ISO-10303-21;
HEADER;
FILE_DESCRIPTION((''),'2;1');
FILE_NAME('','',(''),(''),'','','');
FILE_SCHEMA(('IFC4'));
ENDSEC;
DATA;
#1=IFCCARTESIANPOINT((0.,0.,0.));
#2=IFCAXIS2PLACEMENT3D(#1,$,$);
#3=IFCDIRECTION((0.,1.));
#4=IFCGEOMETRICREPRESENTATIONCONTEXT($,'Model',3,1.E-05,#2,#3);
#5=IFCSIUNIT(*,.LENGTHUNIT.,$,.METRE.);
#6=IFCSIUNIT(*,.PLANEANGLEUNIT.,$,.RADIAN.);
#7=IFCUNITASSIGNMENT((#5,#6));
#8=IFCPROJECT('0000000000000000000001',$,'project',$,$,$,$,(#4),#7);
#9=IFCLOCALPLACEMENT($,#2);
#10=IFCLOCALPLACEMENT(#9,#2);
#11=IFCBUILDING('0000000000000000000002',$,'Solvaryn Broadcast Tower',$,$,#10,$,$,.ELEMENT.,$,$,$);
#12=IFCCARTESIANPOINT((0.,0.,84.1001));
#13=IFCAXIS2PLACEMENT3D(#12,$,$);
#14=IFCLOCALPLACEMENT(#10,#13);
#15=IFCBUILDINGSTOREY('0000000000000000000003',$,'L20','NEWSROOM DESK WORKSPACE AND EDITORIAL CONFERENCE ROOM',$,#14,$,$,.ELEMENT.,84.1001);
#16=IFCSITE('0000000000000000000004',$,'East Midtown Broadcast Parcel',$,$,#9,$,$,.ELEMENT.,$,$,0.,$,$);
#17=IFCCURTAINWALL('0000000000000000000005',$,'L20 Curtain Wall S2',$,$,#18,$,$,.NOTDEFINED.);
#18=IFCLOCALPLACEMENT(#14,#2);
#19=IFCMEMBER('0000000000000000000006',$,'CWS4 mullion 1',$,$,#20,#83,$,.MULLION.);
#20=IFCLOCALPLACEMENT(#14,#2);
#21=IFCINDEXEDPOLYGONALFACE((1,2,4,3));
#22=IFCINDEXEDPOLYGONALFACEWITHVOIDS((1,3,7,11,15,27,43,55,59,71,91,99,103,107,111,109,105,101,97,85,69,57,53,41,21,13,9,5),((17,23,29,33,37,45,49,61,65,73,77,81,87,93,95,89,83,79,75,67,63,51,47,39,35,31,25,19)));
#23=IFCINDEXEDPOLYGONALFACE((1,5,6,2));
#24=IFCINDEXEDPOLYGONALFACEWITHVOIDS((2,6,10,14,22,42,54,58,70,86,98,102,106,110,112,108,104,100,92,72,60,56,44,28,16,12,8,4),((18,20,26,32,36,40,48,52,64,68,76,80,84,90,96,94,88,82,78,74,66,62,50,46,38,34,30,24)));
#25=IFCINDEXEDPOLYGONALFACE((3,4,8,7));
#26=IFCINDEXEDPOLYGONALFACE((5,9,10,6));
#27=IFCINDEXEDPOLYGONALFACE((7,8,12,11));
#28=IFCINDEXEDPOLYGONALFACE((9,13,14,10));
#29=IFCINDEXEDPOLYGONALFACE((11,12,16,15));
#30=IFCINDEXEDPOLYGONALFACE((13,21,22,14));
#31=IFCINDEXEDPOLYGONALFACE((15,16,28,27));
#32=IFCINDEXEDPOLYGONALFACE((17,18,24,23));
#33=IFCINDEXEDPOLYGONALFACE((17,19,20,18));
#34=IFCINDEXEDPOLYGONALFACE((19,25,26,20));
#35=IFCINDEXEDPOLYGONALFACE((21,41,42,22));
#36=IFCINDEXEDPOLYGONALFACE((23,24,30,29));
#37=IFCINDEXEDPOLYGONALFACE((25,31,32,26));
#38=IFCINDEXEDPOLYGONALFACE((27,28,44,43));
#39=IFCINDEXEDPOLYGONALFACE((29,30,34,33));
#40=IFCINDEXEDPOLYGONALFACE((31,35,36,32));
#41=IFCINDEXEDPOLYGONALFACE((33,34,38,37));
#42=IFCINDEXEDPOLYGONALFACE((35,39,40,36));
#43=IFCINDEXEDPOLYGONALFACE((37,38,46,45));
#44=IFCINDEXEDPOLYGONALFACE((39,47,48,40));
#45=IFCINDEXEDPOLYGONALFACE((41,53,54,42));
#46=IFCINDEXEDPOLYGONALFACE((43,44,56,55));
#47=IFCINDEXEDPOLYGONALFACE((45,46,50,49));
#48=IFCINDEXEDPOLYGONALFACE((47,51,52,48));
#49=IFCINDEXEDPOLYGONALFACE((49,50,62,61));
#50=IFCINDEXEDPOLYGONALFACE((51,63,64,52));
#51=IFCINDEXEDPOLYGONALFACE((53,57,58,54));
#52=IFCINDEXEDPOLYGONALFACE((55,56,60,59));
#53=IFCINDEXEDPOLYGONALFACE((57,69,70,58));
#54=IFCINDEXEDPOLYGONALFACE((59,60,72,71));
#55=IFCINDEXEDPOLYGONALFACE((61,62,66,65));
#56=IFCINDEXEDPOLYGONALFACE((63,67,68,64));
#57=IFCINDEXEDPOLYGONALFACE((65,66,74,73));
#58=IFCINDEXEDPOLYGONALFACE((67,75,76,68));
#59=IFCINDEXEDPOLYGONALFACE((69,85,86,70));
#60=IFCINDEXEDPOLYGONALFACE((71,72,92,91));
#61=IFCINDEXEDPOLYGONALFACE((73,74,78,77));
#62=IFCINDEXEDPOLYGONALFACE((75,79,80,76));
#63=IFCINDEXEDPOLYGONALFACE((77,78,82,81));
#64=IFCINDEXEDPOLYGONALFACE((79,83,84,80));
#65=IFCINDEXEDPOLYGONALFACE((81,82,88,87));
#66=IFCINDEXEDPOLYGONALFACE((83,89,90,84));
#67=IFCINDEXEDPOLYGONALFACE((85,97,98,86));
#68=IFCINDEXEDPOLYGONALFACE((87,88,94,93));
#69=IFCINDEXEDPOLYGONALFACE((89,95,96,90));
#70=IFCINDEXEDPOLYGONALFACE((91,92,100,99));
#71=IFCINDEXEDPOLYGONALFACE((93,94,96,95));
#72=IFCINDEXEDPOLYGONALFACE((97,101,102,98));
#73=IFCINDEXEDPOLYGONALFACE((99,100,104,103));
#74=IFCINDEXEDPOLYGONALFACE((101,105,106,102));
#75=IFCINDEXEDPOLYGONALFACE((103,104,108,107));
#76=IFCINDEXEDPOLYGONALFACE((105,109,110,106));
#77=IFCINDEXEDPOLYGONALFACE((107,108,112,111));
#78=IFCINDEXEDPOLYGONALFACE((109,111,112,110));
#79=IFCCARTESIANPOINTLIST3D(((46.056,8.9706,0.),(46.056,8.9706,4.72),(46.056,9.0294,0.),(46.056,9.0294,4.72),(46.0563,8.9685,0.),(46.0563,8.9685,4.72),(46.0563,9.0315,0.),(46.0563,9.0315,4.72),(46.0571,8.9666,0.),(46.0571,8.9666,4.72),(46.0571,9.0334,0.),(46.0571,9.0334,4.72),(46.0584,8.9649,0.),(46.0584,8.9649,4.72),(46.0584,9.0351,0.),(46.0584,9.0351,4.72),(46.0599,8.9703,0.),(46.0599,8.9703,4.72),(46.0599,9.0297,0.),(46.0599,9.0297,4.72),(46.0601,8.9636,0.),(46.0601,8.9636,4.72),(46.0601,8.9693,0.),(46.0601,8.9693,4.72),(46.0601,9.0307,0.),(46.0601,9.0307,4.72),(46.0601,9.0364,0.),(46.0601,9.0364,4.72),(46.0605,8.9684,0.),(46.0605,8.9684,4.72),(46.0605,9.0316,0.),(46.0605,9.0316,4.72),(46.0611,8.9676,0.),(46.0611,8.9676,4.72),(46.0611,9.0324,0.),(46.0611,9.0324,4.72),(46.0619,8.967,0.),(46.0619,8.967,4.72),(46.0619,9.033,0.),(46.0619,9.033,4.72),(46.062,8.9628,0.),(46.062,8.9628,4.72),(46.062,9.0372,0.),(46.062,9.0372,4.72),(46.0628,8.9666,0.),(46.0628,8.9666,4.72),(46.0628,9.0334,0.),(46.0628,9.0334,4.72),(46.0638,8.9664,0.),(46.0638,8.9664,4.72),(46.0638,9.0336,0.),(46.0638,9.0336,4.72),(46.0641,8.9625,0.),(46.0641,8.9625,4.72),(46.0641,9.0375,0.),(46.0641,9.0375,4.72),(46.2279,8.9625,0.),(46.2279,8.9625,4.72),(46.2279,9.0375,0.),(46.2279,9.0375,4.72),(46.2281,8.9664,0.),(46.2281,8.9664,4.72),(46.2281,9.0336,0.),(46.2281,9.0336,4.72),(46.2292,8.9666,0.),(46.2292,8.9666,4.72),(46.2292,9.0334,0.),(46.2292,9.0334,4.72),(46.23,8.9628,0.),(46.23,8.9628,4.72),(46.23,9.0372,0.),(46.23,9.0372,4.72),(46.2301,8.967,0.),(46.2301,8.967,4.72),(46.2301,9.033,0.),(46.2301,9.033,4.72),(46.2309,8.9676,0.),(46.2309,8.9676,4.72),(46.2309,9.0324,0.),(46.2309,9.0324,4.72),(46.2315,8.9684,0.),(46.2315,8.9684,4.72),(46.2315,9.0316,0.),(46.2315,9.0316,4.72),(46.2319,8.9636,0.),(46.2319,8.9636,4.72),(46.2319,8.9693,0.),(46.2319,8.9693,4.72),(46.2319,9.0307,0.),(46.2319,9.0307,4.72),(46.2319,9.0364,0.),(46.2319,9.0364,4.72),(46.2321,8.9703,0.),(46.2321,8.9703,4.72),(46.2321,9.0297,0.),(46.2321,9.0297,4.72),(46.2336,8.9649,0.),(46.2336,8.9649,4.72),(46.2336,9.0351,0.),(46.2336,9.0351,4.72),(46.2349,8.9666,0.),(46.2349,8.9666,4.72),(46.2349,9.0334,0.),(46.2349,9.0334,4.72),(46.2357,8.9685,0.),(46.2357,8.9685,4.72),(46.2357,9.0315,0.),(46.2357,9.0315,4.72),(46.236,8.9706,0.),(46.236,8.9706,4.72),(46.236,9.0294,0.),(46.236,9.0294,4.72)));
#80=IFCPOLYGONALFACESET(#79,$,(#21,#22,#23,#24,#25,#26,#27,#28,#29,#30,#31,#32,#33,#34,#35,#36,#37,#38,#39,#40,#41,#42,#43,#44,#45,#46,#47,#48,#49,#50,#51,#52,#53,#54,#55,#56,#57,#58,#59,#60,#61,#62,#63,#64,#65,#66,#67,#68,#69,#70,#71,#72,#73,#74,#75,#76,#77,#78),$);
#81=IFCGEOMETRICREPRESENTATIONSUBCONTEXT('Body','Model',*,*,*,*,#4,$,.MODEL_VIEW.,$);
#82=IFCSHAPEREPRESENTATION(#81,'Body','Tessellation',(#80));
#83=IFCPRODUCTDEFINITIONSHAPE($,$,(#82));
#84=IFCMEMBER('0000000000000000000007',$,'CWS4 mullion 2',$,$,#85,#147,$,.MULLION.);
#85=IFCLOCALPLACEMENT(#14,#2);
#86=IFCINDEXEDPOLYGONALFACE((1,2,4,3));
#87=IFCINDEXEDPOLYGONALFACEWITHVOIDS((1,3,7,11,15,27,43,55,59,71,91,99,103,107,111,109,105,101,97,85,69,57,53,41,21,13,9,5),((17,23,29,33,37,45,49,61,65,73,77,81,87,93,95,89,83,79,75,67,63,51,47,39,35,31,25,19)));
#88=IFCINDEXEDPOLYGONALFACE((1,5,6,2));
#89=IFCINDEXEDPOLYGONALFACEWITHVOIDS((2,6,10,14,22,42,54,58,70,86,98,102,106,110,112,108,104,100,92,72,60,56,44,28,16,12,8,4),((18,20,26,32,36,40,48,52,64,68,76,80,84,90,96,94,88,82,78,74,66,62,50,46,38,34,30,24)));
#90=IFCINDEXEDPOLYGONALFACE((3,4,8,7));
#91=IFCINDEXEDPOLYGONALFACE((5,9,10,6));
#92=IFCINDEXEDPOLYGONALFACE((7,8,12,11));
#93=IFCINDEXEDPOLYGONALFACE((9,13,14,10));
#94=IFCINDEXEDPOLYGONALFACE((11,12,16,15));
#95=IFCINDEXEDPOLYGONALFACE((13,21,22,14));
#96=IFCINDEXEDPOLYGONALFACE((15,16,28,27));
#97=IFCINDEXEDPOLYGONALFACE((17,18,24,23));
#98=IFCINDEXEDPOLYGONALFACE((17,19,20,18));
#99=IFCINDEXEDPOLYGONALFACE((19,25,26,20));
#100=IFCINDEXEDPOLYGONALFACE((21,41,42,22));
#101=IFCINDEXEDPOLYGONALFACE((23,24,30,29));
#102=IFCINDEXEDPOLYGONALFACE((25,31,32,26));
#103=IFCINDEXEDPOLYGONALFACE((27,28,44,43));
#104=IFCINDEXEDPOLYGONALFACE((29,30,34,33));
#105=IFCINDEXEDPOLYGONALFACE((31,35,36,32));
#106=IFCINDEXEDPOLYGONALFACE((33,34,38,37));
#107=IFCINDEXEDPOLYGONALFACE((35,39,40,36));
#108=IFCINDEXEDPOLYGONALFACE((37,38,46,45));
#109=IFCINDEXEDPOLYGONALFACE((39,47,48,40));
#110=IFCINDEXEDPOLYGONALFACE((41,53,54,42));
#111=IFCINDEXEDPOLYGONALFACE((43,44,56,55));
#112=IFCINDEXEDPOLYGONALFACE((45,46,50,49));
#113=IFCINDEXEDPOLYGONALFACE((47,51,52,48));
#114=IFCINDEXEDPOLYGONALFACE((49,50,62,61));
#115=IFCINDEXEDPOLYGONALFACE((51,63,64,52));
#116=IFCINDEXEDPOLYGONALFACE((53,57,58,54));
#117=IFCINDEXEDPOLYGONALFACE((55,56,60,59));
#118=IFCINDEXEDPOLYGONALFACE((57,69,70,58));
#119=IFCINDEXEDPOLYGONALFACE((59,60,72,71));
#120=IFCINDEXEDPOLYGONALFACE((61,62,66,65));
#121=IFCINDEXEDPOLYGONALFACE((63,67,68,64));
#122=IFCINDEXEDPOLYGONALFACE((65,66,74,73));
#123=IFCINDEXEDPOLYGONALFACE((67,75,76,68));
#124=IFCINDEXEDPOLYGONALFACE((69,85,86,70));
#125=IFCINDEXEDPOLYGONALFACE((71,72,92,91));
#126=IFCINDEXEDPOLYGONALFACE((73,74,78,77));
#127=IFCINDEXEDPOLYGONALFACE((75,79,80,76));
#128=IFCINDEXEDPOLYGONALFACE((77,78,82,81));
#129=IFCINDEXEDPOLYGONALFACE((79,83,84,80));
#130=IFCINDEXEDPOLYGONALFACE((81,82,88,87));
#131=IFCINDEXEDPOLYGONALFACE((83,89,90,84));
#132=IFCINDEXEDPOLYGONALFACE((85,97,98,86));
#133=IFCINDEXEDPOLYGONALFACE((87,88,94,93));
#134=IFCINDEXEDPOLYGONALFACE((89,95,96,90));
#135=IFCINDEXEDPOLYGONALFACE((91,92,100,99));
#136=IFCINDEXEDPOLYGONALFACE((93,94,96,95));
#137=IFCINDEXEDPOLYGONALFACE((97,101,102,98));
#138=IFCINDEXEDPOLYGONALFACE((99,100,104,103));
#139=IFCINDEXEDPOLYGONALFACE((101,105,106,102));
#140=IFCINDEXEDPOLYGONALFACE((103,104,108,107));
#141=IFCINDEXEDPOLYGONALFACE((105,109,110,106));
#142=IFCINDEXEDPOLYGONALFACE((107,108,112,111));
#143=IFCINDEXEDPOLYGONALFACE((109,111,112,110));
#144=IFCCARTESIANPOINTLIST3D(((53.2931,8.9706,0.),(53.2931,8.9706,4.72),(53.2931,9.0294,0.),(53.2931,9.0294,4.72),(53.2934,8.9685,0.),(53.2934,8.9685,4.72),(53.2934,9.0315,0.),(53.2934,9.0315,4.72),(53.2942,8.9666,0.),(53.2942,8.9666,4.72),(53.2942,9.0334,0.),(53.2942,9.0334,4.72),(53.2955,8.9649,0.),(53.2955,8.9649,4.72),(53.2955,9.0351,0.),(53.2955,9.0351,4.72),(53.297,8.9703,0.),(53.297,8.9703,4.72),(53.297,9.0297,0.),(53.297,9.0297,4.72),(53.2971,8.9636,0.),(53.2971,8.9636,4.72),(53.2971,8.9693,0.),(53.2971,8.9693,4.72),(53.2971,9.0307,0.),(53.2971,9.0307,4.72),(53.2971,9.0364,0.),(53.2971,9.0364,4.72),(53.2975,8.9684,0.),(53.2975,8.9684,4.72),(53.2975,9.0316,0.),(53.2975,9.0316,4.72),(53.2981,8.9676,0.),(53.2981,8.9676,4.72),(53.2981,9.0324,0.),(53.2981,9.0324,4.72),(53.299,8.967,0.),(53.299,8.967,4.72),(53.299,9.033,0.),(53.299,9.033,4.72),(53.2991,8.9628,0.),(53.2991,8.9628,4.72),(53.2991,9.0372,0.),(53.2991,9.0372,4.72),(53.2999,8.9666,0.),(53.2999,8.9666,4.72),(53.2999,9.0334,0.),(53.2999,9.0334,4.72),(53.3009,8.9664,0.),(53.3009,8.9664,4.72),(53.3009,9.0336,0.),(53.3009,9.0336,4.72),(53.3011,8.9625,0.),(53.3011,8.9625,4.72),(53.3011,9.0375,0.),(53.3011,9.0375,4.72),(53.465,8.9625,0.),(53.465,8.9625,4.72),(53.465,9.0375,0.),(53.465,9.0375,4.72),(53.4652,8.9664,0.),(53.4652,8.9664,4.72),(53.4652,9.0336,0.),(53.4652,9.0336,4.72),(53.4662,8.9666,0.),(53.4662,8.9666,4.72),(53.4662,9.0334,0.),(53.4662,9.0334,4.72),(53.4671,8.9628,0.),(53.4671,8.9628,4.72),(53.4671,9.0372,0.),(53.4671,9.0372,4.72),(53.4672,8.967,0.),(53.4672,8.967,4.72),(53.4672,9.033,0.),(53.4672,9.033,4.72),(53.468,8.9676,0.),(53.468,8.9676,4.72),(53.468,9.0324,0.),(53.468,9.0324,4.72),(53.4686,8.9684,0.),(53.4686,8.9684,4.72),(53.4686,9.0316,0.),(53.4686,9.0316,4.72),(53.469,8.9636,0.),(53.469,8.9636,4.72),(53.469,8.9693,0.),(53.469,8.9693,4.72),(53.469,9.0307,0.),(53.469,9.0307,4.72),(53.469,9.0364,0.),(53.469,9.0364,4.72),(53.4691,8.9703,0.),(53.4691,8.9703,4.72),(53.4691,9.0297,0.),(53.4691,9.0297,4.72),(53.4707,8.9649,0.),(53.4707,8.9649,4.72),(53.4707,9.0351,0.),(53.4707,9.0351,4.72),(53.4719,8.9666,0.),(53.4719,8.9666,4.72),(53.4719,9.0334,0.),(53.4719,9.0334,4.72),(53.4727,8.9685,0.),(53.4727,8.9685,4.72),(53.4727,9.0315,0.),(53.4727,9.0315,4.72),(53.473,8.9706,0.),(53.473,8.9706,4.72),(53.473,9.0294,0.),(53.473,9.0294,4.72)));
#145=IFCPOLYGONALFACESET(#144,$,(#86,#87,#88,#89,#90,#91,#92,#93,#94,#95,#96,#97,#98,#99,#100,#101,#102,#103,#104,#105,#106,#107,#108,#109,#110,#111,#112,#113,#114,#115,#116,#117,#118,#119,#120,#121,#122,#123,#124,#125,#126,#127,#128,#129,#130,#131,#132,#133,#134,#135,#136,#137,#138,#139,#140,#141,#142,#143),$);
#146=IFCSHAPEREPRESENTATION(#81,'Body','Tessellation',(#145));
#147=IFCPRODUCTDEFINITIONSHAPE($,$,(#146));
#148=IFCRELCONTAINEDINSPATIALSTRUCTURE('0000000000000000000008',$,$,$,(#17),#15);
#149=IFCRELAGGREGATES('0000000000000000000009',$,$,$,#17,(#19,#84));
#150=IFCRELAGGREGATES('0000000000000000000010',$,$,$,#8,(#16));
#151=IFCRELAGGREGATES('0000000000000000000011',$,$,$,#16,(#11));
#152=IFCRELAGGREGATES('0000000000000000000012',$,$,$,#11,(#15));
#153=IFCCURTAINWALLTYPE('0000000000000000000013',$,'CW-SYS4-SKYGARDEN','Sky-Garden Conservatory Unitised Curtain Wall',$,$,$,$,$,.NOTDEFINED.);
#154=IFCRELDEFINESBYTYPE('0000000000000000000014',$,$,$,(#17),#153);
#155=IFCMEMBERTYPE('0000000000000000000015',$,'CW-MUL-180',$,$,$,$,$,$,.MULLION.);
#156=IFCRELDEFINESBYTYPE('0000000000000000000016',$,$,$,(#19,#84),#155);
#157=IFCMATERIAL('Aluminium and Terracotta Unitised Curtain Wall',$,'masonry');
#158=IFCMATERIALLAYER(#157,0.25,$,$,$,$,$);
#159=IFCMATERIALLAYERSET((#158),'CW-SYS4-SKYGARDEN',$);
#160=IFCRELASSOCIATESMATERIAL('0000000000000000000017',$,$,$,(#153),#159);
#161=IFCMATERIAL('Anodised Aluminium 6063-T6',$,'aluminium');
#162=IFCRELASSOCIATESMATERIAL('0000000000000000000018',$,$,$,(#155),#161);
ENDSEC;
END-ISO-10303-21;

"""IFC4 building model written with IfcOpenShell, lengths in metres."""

from ifc_helpers import new_model, si_unit, direction, frame, origin, origin_2d, place, context, subcontext, project, spatial, hollow_rectangle, extrude, material, layer, layer_set, material_profile, profile_set, type_object, element, aggregate, save


model = new_model("IFC4")

# Units and contexts
model_context = context("Model", 3, precision=1e-05, world=origin(), true_north=direction((0.0, 1.0)))
body_context = subcontext(model_context, "Body", "Model", "MODEL_VIEW")
ifc_project = project(units=[si_unit("LENGTHUNIT", "METRE"), si_unit("PLANEANGLEUNIT", "RADIAN")], contexts=[model_context])

# Site, building, storey
site_placement = place(None, origin())
site = spatial("IfcSite", under=ifc_project, at=site_placement, Name="East Midtown Broadcast Parcel", CompositionType="ELEMENT", RefElevation=0.0)
building_placement = place(site_placement, origin())
building = spatial("IfcBuilding", under=site, at=building_placement, Name="Solvaryn Broadcast Tower", CompositionType="ELEMENT")
storey_placement = place(building_placement, frame((0.0, 0.0, 84.1001)))
storey = spatial("IfcBuildingStorey", under=building, at=storey_placement, Name="L20", Description="NEWSROOM DESK WORKSPACE AND EDITORIAL CONFERENCE ROOM", CompositionType="ELEMENT", Elevation=84.1001)

# Shared definitions
ifc_material_1 = material(Name="Aluminium and Terracotta Unitised Curtain Wall", Category="masonry")
ifc_layer_1 = layer(ifc_material_1, 0.25)
ifc_layer_set_1 = layer_set([ifc_layer_1], Name="CW-SYS4-SKYGARDEN")
curtain_wall_type = type_object("IfcCurtainWallType", Name="CW-SYS4-SKYGARDEN", Description="Sky-Garden Conservatory Unitised Curtain Wall", PredefinedType="NOTDEFINED", material=ifc_layer_set_1)
ifc_material_2 = material(Name="Anodised Aluminium 6063-T6", Category="aluminium")
ifc_material_profile_1 = material_profile(ifc_material_2, hollow_rectangle(XDim=0.075, YDim=0.1799, WallThickness=0.0039, InnerFilletRadius=0.0039, OuterFilletRadius=0.0081, at=origin_2d()))
ifc_profile_set_1 = profile_set([ifc_material_profile_1], Name="Anodised Aluminium 6063-T6")
member_type_1 = type_object("IfcMemberType", Name="CW-MUL-180", PredefinedType="MULLION", material=ifc_profile_set_1)

# Curtain wall, members
curtain_wall_1_placement = place(storey_placement, origin())
curtain_wall_1 = element("IfcCurtainWall", 1, at=curtain_wall_1_placement, inside=storey, type_object=curtain_wall_type, Name="L20 Curtain Wall S2", PredefinedType="NOTDEFINED")
member_1_placement = place(storey_placement, frame((46.146, 9.0, 0.0), z_axis=(0.0, 0.0, 1.0), x_axis=(0.0, 1.0, 0.0)))
member_1 = element("IfcMember", 2, at=member_1_placement, type_object=member_type_1, Name="CWS4 mullion 1", PredefinedType="MULLION", context=body_context, shape_type="SweptSolid", body=[
    extrude(hollow_rectangle(XDim=0.075, YDim=0.1799, WallThickness=0.0039, InnerFilletRadius=0.0039, OuterFilletRadius=0.0081, at=origin_2d()), origin(), (0.0, 0.0, 1.0), 4.72),
])
member_2_placement = place(storey_placement, frame((53.3831, 9.0, 0.0), z_axis=(0.0, 0.0, 1.0), x_axis=(0.0, 1.0, 0.0)))
member_2 = element("IfcMember", 3, at=member_2_placement, type_object=member_type_1, Name="CWS4 mullion 2", PredefinedType="MULLION", context=body_context, shape_type="SweptSolid", body=[
    extrude(hollow_rectangle(XDim=0.075, YDim=0.1799, WallThickness=0.0039, InnerFilletRadius=0.0039, OuterFilletRadius=0.0081, at=origin_2d()), origin(), (0.0, 0.0, 1.0), 4.72),
])

aggregate(curtain_wall_1, [member_1, member_2])

save(model, "model.ifc")
